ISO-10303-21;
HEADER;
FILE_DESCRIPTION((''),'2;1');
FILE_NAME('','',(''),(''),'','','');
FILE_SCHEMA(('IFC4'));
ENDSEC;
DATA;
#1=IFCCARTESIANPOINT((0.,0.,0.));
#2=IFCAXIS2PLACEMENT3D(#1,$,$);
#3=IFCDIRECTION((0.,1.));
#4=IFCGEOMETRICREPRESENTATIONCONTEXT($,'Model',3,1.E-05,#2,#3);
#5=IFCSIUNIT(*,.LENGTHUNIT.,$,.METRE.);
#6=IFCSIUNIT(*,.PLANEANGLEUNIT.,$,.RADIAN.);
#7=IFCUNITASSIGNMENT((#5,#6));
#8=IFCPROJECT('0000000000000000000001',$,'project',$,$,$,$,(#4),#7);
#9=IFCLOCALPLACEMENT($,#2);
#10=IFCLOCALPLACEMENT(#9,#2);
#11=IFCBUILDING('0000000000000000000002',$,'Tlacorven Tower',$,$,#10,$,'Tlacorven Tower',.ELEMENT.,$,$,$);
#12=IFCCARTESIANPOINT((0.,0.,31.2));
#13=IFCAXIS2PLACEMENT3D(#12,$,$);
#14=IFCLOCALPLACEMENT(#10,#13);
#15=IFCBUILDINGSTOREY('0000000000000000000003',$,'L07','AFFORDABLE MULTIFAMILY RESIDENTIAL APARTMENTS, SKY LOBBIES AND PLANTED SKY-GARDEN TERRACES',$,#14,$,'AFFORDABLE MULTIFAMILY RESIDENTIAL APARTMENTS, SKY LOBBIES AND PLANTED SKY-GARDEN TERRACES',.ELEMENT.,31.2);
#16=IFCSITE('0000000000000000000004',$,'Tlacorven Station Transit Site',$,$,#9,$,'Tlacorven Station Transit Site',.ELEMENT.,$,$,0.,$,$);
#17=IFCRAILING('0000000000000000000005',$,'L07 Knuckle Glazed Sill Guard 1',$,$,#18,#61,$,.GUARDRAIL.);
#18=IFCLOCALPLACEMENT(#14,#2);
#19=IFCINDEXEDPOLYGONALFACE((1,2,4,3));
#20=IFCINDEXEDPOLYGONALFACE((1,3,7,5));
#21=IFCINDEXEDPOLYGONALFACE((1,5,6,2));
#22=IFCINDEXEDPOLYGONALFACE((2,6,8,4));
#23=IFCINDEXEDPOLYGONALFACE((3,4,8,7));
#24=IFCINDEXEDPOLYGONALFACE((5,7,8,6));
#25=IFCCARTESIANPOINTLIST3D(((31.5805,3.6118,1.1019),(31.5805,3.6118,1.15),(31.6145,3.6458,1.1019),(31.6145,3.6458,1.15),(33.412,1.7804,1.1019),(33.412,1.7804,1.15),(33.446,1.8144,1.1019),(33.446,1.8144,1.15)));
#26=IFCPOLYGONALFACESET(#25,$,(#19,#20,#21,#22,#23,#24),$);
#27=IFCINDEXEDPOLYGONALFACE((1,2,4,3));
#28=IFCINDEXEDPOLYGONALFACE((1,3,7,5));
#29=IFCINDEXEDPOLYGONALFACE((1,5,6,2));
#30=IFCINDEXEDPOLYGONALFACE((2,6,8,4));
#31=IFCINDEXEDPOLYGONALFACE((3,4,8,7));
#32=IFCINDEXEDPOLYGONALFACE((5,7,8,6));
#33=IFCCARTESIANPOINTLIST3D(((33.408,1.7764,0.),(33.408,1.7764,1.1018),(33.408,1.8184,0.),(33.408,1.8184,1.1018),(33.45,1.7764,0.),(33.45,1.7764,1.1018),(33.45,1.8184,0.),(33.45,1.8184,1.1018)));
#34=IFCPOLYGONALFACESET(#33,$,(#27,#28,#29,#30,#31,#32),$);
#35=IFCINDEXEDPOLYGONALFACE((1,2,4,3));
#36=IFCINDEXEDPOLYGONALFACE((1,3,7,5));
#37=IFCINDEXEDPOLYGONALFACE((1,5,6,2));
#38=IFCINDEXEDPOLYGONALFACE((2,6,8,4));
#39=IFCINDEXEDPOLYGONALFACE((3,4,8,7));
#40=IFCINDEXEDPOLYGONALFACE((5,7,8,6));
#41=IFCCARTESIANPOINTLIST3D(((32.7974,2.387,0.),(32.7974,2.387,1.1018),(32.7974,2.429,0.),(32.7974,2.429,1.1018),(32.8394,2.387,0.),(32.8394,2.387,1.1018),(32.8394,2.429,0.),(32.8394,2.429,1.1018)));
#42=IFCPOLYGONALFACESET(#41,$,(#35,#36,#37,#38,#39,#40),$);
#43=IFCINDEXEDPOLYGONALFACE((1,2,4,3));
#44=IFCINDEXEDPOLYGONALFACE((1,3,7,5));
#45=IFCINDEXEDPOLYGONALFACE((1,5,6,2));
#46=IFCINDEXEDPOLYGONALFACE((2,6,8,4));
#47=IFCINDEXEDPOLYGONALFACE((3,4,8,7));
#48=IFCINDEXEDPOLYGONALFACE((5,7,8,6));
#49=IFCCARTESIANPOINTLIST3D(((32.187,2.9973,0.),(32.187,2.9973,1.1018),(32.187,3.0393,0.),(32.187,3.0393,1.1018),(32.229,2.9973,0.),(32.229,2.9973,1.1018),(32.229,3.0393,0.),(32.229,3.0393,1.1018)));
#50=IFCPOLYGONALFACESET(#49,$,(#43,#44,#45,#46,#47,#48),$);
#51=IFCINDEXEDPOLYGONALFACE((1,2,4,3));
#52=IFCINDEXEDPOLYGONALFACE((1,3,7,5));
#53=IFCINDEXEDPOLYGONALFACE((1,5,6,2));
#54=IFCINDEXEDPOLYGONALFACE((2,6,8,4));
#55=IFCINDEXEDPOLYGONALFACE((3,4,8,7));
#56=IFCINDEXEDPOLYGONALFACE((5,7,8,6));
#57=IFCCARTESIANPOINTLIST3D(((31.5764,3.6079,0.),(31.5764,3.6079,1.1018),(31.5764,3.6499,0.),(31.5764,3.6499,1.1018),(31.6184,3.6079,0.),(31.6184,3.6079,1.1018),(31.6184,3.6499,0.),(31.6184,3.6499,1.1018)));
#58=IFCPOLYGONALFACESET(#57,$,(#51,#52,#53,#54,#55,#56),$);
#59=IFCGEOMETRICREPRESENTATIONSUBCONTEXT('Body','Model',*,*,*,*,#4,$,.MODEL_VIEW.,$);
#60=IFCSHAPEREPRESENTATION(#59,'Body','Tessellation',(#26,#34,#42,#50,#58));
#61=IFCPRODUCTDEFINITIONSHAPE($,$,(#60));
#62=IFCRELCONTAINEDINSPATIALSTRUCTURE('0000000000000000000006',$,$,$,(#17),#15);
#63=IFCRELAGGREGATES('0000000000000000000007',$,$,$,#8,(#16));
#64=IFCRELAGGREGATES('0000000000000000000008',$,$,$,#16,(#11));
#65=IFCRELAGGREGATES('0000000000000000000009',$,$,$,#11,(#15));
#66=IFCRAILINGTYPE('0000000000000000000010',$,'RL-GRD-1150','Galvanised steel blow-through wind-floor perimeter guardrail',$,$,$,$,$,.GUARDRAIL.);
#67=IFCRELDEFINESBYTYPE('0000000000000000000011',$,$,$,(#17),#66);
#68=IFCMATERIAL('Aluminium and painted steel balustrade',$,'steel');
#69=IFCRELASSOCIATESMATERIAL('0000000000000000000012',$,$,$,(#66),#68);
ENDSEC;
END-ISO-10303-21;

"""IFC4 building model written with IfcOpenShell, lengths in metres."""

from ifc_helpers import new_model, si_unit, direction, frame, origin, origin_2d, place, context, subcontext, project, spatial, rectangle, extrude, source, transform, mapped, material, type_object, element, save


model = new_model("IFC4")

# Units and contexts
model_context = context("Model", 3, precision=1e-05, world=origin(), true_north=direction((0.0, 1.0)))
body_context = subcontext(model_context, "Body", "Model", "MODEL_VIEW")
ifc_project = project(units=[si_unit("LENGTHUNIT", "METRE"), si_unit("PLANEANGLEUNIT", "RADIAN")], contexts=[model_context])

# Site, building, storey
site_placement = place(None, origin())
site = spatial("IfcSite", under=ifc_project, at=site_placement, Name="Tlacorven Station Transit Site", LongName="Tlacorven Station Transit Site", CompositionType="ELEMENT", RefElevation=0.0)
building_placement = place(site_placement, origin())
building = spatial("IfcBuilding", under=site, at=building_placement, Name="Tlacorven Tower", LongName="Tlacorven Tower", CompositionType="ELEMENT")
storey_placement = place(building_placement, frame((0.0, 0.0, 31.2)))
storey = spatial("IfcBuildingStorey", under=building, at=storey_placement, Name="L07", Description="AFFORDABLE MULTIFAMILY RESIDENTIAL APARTMENTS, SKY LOBBIES AND PLANTED SKY-GARDEN TERRACES", LongName="AFFORDABLE MULTIFAMILY RESIDENTIAL APARTMENTS, SKY LOBBIES AND PLANTED SKY-GARDEN TERRACES", CompositionType="ELEMENT", Elevation=31.2)

# Railing
ifc_material_1 = material(Name="Aluminium and painted steel balustrade", Category="steel")
railing_type = type_object("IfcRailingType", Name="RL-GRD-1150", Description="Galvanised steel blow-through wind-floor perimeter guardrail", PredefinedType="GUARDRAIL", material=ifc_material_1)
shared_shape_1 = source(origin(), body_context, "Body", "SweptSolid", [
    extrude(rectangle(XDim=0.0481, YDim=0.0481, at=origin_2d()), frame((0.0, 0.0, 1.126), z_axis=(-0.707107, 0.707107, 0.0), x_axis=(-0.707107, -0.707107, 0.0)), (0.0, 0.0, 1.0), 2.5901),
    extrude(rectangle(XDim=0.042, YDim=0.042, at=origin_2d()), origin(), (0.0, 0.0, 1.0), 1.1018),
    extrude(rectangle(XDim=0.042, YDim=0.042, at=origin_2d()), frame((-0.6106, 0.6106, 0.0)), (0.0, 0.0, 1.0), 1.1018),
    extrude(rectangle(XDim=0.042, YDim=0.042, at=origin_2d()), frame((-1.2209, 1.2209, 0.0)), (0.0, 0.0, 1.0), 1.1018),
    extrude(rectangle(XDim=0.042, YDim=0.042, at=origin_2d()), frame((-1.8315, 1.8315, 0.0)), (0.0, 0.0, 1.0), 1.1018),
])
railing_placement = place(storey_placement, frame((33.429, 1.7974, 0.0)))
element("IfcRailing", 1, at=railing_placement, inside=storey, type_object=railing_type, Name="L07 Knuckle Glazed Sill Guard 1", PredefinedType="GUARDRAIL", context=body_context, shape_type="MappedRepresentation", body=[
    mapped(shared_shape_1, transform((0.0, 0.0, 0.0), scale=1.0)),
])

save(model, "model.ifc")
